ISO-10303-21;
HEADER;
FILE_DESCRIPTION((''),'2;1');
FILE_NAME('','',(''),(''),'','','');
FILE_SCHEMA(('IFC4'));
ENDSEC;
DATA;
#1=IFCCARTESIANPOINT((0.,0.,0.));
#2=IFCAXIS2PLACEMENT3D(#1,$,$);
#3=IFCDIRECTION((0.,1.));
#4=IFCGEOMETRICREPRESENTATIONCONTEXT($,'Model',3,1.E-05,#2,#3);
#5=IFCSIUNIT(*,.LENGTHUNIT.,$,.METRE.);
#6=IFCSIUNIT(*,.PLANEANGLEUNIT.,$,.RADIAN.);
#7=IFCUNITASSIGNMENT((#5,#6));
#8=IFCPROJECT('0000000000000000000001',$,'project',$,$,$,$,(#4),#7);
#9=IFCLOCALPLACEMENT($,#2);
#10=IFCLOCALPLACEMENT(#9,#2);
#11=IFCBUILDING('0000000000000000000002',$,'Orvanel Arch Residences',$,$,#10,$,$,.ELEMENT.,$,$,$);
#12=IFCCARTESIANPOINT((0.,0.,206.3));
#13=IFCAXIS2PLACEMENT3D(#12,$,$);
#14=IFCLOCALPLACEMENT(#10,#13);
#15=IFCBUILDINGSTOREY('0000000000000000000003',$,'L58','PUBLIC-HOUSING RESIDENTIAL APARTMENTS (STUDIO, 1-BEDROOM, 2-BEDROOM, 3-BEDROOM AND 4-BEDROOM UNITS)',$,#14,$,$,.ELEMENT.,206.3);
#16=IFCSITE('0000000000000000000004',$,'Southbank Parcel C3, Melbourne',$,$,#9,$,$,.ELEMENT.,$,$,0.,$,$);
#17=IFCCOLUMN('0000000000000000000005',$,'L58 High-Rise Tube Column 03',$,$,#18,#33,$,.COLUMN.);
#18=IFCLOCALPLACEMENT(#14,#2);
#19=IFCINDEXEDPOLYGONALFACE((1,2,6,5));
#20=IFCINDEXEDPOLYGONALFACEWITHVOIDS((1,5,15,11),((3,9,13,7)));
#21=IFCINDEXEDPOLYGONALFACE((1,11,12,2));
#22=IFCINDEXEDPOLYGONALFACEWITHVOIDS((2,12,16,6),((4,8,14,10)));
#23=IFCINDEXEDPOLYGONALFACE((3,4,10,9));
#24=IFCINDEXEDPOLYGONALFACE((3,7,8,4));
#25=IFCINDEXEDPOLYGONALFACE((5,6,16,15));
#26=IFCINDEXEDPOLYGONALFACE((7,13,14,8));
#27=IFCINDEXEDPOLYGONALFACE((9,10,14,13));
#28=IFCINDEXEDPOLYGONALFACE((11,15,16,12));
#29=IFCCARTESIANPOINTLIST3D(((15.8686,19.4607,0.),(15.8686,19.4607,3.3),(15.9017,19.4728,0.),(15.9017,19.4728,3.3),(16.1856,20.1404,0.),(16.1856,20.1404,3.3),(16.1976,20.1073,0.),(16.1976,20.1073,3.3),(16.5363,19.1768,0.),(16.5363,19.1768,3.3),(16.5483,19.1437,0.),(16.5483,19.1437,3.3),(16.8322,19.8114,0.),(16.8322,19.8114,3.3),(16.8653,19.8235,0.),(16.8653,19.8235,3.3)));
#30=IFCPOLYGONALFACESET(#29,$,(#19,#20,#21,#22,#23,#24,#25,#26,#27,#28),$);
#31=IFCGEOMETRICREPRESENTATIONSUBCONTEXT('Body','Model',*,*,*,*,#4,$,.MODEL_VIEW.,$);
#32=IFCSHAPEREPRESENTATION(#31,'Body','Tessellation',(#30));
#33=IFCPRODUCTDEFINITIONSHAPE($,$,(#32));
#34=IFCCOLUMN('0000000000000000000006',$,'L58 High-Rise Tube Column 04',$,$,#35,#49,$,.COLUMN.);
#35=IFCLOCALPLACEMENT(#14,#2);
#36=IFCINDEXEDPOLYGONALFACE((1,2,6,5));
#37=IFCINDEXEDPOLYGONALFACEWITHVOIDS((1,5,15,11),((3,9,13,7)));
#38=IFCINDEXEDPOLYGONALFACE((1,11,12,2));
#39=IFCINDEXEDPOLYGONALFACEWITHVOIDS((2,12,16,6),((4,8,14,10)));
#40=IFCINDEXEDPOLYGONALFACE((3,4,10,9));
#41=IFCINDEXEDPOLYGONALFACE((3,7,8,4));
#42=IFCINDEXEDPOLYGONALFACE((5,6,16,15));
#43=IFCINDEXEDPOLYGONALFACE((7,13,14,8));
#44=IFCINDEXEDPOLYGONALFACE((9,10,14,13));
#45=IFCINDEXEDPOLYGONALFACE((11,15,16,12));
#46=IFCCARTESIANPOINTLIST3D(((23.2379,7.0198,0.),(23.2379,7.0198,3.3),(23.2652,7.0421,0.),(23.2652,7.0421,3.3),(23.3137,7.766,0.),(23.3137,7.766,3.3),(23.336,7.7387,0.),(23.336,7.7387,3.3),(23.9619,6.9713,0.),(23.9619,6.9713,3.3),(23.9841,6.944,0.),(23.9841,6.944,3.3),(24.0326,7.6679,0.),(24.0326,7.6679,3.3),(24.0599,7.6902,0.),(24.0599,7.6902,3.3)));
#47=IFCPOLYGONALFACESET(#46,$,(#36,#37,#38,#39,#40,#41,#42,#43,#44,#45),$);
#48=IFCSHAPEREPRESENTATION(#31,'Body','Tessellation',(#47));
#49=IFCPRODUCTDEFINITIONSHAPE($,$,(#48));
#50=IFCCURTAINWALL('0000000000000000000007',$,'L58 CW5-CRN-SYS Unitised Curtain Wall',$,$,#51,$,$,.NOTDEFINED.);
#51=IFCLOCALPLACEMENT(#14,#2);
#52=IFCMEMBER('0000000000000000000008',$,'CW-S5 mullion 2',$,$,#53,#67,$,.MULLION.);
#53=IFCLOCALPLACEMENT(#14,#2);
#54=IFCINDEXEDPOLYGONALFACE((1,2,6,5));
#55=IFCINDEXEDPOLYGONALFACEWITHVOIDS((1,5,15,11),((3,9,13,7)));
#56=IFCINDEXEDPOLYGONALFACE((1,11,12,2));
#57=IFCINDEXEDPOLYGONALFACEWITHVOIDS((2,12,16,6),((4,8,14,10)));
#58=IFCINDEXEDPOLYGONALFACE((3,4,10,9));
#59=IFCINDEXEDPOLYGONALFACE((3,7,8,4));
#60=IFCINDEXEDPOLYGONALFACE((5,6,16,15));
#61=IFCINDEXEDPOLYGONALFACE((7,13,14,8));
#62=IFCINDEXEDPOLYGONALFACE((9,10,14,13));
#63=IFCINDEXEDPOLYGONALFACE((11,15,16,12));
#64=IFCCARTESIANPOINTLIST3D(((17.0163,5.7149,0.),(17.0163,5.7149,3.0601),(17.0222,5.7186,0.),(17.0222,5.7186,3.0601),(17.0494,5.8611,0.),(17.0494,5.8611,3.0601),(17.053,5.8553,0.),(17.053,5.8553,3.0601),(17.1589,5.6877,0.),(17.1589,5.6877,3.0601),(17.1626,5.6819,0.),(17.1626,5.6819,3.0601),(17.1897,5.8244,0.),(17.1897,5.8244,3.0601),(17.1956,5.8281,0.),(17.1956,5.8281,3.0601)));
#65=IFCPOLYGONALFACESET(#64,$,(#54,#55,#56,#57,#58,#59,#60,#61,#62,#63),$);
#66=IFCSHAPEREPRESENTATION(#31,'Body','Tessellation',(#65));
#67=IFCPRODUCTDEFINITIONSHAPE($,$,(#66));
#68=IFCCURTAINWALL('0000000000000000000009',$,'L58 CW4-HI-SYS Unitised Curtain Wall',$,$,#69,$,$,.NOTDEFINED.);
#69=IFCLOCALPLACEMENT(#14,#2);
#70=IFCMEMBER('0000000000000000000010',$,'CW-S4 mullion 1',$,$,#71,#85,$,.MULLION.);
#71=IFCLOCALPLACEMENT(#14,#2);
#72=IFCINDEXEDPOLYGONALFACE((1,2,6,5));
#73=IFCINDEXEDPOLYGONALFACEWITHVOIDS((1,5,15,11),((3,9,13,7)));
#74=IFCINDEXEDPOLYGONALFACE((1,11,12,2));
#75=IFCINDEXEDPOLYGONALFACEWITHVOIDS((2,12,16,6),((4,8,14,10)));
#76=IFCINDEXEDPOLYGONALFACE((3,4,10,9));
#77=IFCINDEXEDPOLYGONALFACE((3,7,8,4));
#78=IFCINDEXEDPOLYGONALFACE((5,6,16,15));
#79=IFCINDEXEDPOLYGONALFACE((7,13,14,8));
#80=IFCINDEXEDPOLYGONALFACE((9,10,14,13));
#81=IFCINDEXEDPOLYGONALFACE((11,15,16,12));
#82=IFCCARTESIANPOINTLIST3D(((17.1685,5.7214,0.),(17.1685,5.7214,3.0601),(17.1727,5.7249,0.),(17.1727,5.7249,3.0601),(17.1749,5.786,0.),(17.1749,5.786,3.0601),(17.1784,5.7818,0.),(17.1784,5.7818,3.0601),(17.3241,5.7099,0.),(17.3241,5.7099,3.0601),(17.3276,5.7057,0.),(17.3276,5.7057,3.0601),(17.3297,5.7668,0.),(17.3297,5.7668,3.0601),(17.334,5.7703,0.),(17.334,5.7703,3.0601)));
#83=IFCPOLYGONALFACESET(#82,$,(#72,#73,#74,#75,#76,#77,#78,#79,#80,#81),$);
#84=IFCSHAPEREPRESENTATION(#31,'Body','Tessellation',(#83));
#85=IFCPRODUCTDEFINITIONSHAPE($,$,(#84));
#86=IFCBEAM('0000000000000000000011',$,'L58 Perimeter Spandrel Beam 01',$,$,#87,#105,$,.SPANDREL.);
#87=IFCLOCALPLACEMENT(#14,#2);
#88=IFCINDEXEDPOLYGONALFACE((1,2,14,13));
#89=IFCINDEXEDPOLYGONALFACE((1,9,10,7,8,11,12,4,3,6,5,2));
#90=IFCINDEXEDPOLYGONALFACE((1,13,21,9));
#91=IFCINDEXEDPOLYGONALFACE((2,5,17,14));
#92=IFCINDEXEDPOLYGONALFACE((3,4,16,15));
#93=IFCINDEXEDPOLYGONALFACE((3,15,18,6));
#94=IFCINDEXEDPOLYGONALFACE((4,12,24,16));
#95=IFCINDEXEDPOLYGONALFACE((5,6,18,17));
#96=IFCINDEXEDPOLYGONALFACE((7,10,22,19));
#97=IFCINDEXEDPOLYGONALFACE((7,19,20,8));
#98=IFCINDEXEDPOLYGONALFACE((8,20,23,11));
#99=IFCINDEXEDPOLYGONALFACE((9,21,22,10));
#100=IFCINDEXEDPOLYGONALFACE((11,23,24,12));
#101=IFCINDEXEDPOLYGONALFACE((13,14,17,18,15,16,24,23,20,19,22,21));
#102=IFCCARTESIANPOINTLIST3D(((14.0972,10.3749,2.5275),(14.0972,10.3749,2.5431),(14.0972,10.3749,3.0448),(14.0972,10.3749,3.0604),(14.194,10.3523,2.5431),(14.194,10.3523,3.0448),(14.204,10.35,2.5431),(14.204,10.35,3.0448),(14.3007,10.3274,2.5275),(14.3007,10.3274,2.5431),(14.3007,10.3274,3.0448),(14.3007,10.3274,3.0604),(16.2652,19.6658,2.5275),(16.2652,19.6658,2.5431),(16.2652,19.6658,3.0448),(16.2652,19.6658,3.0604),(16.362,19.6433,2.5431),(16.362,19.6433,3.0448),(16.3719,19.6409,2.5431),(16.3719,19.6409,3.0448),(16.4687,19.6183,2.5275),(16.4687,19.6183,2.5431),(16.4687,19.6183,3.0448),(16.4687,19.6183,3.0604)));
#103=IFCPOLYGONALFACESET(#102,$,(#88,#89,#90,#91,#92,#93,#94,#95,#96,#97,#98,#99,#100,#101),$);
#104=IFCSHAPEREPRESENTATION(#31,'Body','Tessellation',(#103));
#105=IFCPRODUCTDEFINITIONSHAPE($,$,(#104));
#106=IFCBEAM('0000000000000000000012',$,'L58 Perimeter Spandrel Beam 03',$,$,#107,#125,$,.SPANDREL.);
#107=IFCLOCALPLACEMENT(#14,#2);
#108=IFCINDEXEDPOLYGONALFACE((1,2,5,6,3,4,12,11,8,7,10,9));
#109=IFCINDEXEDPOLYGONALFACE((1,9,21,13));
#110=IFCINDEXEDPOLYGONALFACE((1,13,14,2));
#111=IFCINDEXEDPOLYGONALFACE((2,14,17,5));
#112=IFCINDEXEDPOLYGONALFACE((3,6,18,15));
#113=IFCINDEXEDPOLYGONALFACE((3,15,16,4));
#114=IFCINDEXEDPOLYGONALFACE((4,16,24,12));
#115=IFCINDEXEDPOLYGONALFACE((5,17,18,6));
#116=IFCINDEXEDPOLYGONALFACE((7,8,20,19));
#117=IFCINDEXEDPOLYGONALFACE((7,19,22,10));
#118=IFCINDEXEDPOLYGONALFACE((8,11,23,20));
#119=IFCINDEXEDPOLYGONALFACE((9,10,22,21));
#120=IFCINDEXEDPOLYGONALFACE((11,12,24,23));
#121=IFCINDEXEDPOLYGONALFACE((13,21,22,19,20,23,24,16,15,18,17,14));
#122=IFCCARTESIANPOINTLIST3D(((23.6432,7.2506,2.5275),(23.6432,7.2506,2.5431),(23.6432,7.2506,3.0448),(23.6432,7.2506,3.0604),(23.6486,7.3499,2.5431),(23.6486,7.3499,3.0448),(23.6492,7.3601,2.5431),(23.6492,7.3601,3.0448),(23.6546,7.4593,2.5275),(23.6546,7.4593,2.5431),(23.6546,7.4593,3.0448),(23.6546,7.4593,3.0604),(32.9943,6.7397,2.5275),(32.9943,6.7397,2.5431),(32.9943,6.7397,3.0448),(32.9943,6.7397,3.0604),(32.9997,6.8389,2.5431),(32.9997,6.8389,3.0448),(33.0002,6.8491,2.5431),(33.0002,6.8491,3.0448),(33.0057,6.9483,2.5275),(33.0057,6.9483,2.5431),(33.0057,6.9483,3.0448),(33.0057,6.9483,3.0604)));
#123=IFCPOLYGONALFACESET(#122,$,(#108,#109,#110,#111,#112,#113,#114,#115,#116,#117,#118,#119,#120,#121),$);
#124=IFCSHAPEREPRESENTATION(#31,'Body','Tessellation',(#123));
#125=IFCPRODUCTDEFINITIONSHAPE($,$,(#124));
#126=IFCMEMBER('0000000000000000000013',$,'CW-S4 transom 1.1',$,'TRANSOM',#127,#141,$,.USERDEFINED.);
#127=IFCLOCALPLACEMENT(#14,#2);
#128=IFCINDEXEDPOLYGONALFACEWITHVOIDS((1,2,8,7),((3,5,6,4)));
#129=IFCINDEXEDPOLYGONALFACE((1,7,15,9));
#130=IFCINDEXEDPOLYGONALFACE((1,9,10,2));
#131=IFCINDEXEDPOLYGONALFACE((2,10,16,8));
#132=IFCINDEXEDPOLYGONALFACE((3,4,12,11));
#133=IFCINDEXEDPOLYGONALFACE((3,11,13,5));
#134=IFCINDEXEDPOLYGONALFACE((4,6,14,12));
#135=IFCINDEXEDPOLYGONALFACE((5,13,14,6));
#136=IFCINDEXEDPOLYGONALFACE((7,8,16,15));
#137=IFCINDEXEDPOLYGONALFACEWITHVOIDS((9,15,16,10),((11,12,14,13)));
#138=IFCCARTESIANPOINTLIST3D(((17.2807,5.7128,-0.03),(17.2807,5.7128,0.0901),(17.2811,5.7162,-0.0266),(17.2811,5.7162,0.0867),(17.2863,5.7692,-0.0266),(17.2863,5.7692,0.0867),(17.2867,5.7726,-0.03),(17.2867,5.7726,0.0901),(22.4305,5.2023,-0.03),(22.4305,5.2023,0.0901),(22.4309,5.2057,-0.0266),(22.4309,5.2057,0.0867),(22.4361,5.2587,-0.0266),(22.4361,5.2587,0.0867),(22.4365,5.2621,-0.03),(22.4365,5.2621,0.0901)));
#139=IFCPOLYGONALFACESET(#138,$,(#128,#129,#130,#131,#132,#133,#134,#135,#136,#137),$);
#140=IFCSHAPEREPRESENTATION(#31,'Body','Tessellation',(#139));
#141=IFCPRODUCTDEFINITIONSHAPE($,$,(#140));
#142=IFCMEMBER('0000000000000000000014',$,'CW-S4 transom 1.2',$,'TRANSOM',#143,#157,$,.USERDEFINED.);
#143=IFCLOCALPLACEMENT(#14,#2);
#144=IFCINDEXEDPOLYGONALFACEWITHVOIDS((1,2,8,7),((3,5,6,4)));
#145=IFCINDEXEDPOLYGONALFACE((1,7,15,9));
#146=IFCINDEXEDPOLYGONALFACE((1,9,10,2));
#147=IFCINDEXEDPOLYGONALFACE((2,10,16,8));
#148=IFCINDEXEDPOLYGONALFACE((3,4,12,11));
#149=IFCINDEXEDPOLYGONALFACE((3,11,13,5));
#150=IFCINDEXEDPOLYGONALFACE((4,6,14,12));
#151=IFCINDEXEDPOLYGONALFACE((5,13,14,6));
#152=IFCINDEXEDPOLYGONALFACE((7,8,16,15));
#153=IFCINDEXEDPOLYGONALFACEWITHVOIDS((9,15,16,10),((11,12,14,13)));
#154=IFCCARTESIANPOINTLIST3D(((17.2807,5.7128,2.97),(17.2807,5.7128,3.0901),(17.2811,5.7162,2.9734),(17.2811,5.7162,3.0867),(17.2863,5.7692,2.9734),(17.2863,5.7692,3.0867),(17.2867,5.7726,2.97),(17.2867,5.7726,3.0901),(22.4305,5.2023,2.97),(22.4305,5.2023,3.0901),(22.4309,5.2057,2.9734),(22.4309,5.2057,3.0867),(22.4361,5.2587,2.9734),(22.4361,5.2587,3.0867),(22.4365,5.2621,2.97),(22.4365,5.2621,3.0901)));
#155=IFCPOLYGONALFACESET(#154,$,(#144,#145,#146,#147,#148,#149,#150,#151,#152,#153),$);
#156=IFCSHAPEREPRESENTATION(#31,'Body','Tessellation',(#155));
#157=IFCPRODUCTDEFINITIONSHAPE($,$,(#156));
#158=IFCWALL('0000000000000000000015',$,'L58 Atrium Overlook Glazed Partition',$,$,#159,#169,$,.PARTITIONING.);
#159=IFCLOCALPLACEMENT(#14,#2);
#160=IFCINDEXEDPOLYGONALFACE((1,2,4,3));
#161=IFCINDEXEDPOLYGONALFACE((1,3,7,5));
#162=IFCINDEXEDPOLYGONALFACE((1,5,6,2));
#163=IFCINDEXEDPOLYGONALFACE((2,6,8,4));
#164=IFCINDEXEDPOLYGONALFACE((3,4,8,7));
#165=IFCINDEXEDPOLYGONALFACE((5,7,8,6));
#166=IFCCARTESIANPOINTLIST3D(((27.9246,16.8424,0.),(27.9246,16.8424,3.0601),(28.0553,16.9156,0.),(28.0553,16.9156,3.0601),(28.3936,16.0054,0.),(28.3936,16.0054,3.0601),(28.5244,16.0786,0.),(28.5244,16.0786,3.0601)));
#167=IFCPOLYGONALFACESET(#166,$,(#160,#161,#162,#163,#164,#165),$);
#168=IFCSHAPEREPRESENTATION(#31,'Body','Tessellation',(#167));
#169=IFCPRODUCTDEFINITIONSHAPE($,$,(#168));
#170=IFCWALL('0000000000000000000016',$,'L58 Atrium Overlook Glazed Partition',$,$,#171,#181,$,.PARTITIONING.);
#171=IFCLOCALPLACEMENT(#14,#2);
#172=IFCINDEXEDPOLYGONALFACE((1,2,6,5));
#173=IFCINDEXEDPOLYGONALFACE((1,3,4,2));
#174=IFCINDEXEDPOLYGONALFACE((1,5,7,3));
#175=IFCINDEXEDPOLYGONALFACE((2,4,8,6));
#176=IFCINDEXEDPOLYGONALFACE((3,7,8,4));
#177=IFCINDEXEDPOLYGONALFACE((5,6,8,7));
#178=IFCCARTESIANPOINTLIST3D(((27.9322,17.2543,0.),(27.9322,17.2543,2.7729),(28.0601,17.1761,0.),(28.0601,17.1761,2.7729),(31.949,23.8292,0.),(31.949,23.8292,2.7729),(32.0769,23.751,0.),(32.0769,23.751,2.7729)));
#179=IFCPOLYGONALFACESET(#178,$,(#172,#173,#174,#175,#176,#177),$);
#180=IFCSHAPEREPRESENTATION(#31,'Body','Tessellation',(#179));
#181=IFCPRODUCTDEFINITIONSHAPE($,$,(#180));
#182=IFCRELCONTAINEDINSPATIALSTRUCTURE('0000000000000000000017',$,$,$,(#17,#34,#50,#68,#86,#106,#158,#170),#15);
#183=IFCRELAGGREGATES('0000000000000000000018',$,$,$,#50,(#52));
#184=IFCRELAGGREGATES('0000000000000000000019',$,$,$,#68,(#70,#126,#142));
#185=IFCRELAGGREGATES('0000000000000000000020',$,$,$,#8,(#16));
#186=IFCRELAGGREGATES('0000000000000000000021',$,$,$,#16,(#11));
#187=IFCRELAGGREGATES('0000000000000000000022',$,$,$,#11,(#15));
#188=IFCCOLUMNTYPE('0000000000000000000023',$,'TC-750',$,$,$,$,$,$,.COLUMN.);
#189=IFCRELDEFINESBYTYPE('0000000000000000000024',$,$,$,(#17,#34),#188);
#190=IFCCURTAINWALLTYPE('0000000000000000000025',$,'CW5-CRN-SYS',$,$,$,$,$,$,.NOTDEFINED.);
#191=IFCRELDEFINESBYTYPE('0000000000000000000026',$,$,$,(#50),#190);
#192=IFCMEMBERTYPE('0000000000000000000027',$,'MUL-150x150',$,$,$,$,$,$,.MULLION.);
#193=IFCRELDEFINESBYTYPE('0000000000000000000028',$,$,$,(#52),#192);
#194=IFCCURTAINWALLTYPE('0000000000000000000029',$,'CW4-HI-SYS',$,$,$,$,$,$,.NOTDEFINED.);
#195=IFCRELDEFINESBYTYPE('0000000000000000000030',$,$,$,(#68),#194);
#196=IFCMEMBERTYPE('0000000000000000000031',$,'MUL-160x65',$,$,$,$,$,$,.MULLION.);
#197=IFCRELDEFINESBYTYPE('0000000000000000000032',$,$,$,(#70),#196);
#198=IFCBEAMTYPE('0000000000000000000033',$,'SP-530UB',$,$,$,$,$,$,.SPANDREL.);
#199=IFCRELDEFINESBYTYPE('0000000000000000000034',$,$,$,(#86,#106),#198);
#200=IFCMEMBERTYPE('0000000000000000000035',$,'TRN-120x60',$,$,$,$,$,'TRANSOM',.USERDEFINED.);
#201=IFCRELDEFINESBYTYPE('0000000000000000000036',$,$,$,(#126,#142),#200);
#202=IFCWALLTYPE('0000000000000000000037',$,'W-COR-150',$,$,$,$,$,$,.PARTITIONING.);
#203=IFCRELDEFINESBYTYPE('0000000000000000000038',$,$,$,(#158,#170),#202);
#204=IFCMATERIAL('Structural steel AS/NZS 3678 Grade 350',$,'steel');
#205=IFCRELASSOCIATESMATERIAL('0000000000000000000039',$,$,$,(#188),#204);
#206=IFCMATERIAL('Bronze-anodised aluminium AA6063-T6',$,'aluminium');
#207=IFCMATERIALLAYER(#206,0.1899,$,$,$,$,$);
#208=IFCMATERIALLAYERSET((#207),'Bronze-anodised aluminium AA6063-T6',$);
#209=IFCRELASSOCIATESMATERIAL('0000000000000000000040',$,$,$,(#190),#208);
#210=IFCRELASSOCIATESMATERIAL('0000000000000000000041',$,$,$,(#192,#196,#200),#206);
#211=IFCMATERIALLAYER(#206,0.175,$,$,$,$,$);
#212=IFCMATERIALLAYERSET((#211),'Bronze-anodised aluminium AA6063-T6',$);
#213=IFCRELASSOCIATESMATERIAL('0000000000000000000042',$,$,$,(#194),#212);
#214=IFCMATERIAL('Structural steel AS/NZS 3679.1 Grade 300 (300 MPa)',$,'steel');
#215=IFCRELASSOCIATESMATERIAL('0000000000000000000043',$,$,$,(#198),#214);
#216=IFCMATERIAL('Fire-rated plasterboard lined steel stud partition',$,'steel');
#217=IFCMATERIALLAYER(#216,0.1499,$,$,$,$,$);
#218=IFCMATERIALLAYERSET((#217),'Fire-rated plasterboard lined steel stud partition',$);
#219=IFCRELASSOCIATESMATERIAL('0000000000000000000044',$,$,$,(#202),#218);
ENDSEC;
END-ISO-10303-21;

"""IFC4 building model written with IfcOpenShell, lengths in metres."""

from ifc_helpers import new_model, si_unit, direction, frame, frame_2d, origin, origin_2d, place, context, subcontext, project, spatial, rectangle, hollow_rectangle, i_section, extrude, material, layer, layer_set, material_profile, profile_set, type_object, element, aggregate, save


model = new_model("IFC4")

# Units and contexts
model_context = context("Model", 3, precision=1e-05, world=origin(), true_north=direction((0.0, 1.0)))
body_context = subcontext(model_context, "Body", "Model", "MODEL_VIEW")
ifc_project = project(units=[si_unit("LENGTHUNIT", "METRE"), si_unit("PLANEANGLEUNIT", "RADIAN")], contexts=[model_context])

# Site, building, storey
site_placement = place(None, origin())
site = spatial("IfcSite", under=ifc_project, at=site_placement, Name="Southbank Parcel C3, Melbourne", CompositionType="ELEMENT", RefElevation=0.0)
building_placement = place(site_placement, origin())
building = spatial("IfcBuilding", under=site, at=building_placement, Name="Orvanel Arch Residences", CompositionType="ELEMENT")
storey_placement = place(building_placement, frame((0.0, 0.0, 206.3)))
storey = spatial("IfcBuildingStorey", under=building, at=storey_placement, Name="L58", Description="PUBLIC-HOUSING RESIDENTIAL APARTMENTS (STUDIO, 1-BEDROOM, 2-BEDROOM, 3-BEDROOM AND 4-BEDROOM UNITS)", CompositionType="ELEMENT", Elevation=206.3)

# Columns
ifc_material_1 = material(Name="Structural steel AS/NZS 3678 Grade 350", Category="steel")
ifc_material_profile_1 = material_profile(ifc_material_1, hollow_rectangle(XDim=0.75, YDim=0.75, WallThickness=0.0249, at=origin_2d()), Name="BOX750x750x25")
ifc_profile_set_1 = profile_set([ifc_material_profile_1], Name="Structural steel AS/NZS 3678 Grade 350")
column_type = type_object("IfcColumnType", Name="TC-750", PredefinedType="COLUMN", material=ifc_profile_set_1)
for number, where, z_axis, x_axis, name in (
    (1, (16.3669, 19.6421, 0.0), (0.0, 0.0, 1.0), (0.422618, 0.906308, 0.0), "L58 High-Rise Tube Column 03"),
    (2, (23.6489, 7.355, 0.0), (0.0, 0.0, 1.0), (-0.994881, 0.101056, 0.0), "L58 High-Rise Tube Column 04"),
):
    element("IfcColumn", number, at=place(storey_placement, frame(where, z_axis=z_axis, x_axis=x_axis)), inside=storey, type_object=column_type, Name=name, PredefinedType="COLUMN", context=body_context, shape_type="SweptSolid", body=[
        extrude(hollow_rectangle(XDim=0.75, YDim=0.75, WallThickness=0.0249, at=origin_2d()), origin(), (0.0, 0.0, 1.0), 3.3),
    ])

# Curtain walls, members
ifc_material_2 = material(Name="Bronze-anodised aluminium AA6063-T6", Category="aluminium")
ifc_layer_1 = layer(ifc_material_2, 0.1899)
ifc_layer_set_1 = layer_set([ifc_layer_1], Name="Bronze-anodised aluminium AA6063-T6")
curtain_wall_type_1 = type_object("IfcCurtainWallType", Name="CW5-CRN-SYS", PredefinedType="NOTDEFINED", material=ifc_layer_set_1)
curtain_wall_1_placement = place(storey_placement, origin())
curtain_wall_1 = element("IfcCurtainWall", 3, at=curtain_wall_1_placement, inside=storey, type_object=curtain_wall_type_1, Name="L58 CW5-CRN-SYS Unitised Curtain Wall", PredefinedType="NOTDEFINED")
ifc_material_profile_2 = material_profile(ifc_material_2, hollow_rectangle(XDim=0.1499, YDim=0.1499, WallThickness=0.0049, at=origin_2d()), Name="ALU150x150x5")
ifc_profile_set_2 = profile_set([ifc_material_profile_2], Name="Bronze-anodised aluminium AA6063-T6")
member_type_1 = type_object("IfcMemberType", Name="MUL-150x150", PredefinedType="MULLION", material=ifc_profile_set_2)
member_1_placement = place(storey_placement, frame((17.106, 5.7715, 0.0), z_axis=(0.0, 0.0, 1.0), x_axis=(0.220283, 0.975436, 0.0)))
member_1 = element("IfcMember", 4, at=member_1_placement, type_object=member_type_1, Name="CW-S5 mullion 2", PredefinedType="MULLION", context=body_context, shape_type="SweptSolid", body=[
    extrude(hollow_rectangle(XDim=0.1499, YDim=0.1499, WallThickness=0.0049, at=origin_2d()), origin(), (0.0, 0.0, 1.0), 3.0601),
])
aggregate(curtain_wall_1, [member_1])
ifc_layer_2 = layer(ifc_material_2, 0.175)
ifc_layer_set_2 = layer_set([ifc_layer_2], Name="Bronze-anodised aluminium AA6063-T6")
curtain_wall_type_2 = type_object("IfcCurtainWallType", Name="CW4-HI-SYS", PredefinedType="NOTDEFINED", material=ifc_layer_set_2)
curtain_wall_2_placement = place(storey_placement, origin())
curtain_wall_2 = element("IfcCurtainWall", 5, at=curtain_wall_2_placement, inside=storey, type_object=curtain_wall_type_2, Name="L58 CW4-HI-SYS Unitised Curtain Wall", PredefinedType="NOTDEFINED")
ifc_material_profile_3 = material_profile(ifc_material_2, hollow_rectangle(XDim=0.0649, YDim=0.1599, WallThickness=0.0039, at=origin_2d()), Name="ALU160x65x4")
ifc_profile_set_3 = profile_set([ifc_material_profile_3], Name="Bronze-anodised aluminium AA6063-T6")
member_type_2 = type_object("IfcMemberType", Name="MUL-160x65", PredefinedType="MULLION", material=ifc_profile_set_3)
member_2_placement = place(storey_placement, frame((17.2512, 5.7458, 0.0), z_axis=(0.0, 0.0, 1.0), x_axis=(0.098621, 0.995125, 0.0)))
member_2 = element("IfcMember", 6, at=member_2_placement, type_object=member_type_2, Name="CW-S4 mullion 1", PredefinedType="MULLION", context=body_context, shape_type="SweptSolid", body=[
    extrude(hollow_rectangle(XDim=0.0649, YDim=0.1599, WallThickness=0.0039, at=origin_2d()), origin(), (0.0, 0.0, 1.0), 3.0601),
])

# Beams
ifc_material_3 = material(Name="Structural steel AS/NZS 3679.1 Grade 300 (300 MPa)", Category="steel")
ifc_material_profile_4 = material_profile(ifc_material_3, i_section(OverallWidth=0.209, OverallDepth=0.533, WebThickness=0.0103, FlangeThickness=0.0156, at=origin_2d()), Name="530UB92.4")
ifc_profile_set_4 = profile_set([ifc_material_profile_4], Name="Structural steel AS/NZS 3679.1 Grade 300 (300 MPa)")
beam_type = type_object("IfcBeamType", Name="SP-530UB", PredefinedType="SPANDREL", material=ifc_profile_set_4)
beam_1_placement = place(storey_placement, frame((16.3669, 19.6421, 2.7939), z_axis=(-0.227236, -0.97384, 0.0), x_axis=(0.97384, -0.227236, 0.0)))
element("IfcBeam", 7, at=beam_1_placement, inside=storey, type_object=beam_type, Name="L58 Perimeter Spandrel Beam 01", PredefinedType="SPANDREL", context=body_context, shape_type="SweptSolid", body=[
    extrude(i_section(OverallWidth=0.209, OverallDepth=0.533, WebThickness=0.0103, FlangeThickness=0.0156, at=origin_2d()), origin(), (0.0, 0.0, 1.0), 9.5405),
])
beam_2_placement = place(storey_placement, frame((23.6489, 7.355, 2.7939), z_axis=(0.99851, -0.054563, 0.0), x_axis=(0.054563, 0.99851, 0.0)))
element("IfcBeam", 8, at=beam_2_placement, inside=storey, type_object=beam_type, Name="L58 Perimeter Spandrel Beam 03", PredefinedType="SPANDREL", context=body_context, shape_type="SweptSolid", body=[
    extrude(i_section(OverallWidth=0.209, OverallDepth=0.533, WebThickness=0.0103, FlangeThickness=0.0156, at=origin_2d()), origin(), (0.0, 0.0, 1.0), 9.365),
])

# Members
ifc_material_profile_5 = material_profile(ifc_material_2, hollow_rectangle(XDim=0.0601, YDim=0.1201, WallThickness=0.0034, at=origin_2d()), Name="ALU120x60x3.5")
ifc_profile_set_5 = profile_set([ifc_material_profile_5], Name="Bronze-anodised aluminium AA6063-T6")
member_type_3 = type_object("IfcMemberType", Name="TRN-120x60", ElementType="TRANSOM", PredefinedType="USERDEFINED", material=ifc_profile_set_5)
member_3_placement = place(storey_placement, frame((17.2837, 5.7427, 0.03), z_axis=(0.995123, -0.098644, 0.0), x_axis=(0.098644, 0.995123, 0.0)))
member_3 = element("IfcMember", 9, at=member_3_placement, type_object=member_type_3, Name="CW-S4 transom 1.1", ObjectType="TRANSOM", PredefinedType="USERDEFINED", context=body_context, shape_type="SweptSolid", body=[
    extrude(hollow_rectangle(XDim=0.0601, YDim=0.1201, WallThickness=0.0034, at=origin_2d()), origin(), (0.0, 0.0, 1.0), 5.175),
])
member_4_placement = place(storey_placement, frame((17.2837, 5.7427, 3.03), z_axis=(0.995123, -0.098644, 0.0), x_axis=(0.098644, 0.995123, 0.0)))
member_4 = element("IfcMember", 10, at=member_4_placement, type_object=member_type_3, Name="CW-S4 transom 1.2", ObjectType="TRANSOM", PredefinedType="USERDEFINED", context=body_context, shape_type="SweptSolid", body=[
    extrude(hollow_rectangle(XDim=0.0601, YDim=0.1201, WallThickness=0.0034, at=origin_2d()), origin(), (0.0, 0.0, 1.0), 5.175),
])
aggregate(curtain_wall_2, [member_2, member_3, member_4])

# Walls
ifc_material_4 = material(Name="Fire-rated plasterboard lined steel stud partition", Category="steel")
ifc_layer_3 = layer(ifc_material_4, 0.1499)
ifc_layer_set_3 = layer_set([ifc_layer_3], Name="Fire-rated plasterboard lined steel stud partition")
wall_type_1 = type_object("IfcWallType", Name="W-COR-150", PredefinedType="PARTITIONING", material=ifc_layer_set_3)
wall_1_placement = place(storey_placement, frame((28.459, 16.042, 0.0), z_axis=(0.0, 0.0, 1.0), x_axis=(-0.488859, 0.872363, 0.0)))
element("IfcWall", 11, at=wall_1_placement, inside=storey, type_object=wall_type_1, Name="L58 Atrium Overlook Glazed Partition", PredefinedType="PARTITIONING", context=body_context, shape_type="SweptSolid", body=[
    extrude(rectangle(XDim=0.9595, YDim=0.1499, at=frame_2d((0.4797, 0.0))), origin(), (0.0, 0.0, 1.0), 3.0601),
])
wall_2_placement = place(storey_placement, frame((27.9961, 17.2151, 0.0), z_axis=(0.0, 0.0, 1.0), x_axis=(0.521338, 0.85335, 0.0)))
element("IfcWall", 12, at=wall_2_placement, inside=storey, type_object=wall_type_1, Name="L58 Atrium Overlook Glazed Partition", PredefinedType="PARTITIONING", context=body_context, shape_type="SweptSolid", body=[
    extrude(rectangle(XDim=7.7048, YDim=0.1499, at=frame_2d((3.8525, 0.0))), origin(), (0.0, 0.0, 1.0), 2.7729),
])

save(model, "model.ifc")
